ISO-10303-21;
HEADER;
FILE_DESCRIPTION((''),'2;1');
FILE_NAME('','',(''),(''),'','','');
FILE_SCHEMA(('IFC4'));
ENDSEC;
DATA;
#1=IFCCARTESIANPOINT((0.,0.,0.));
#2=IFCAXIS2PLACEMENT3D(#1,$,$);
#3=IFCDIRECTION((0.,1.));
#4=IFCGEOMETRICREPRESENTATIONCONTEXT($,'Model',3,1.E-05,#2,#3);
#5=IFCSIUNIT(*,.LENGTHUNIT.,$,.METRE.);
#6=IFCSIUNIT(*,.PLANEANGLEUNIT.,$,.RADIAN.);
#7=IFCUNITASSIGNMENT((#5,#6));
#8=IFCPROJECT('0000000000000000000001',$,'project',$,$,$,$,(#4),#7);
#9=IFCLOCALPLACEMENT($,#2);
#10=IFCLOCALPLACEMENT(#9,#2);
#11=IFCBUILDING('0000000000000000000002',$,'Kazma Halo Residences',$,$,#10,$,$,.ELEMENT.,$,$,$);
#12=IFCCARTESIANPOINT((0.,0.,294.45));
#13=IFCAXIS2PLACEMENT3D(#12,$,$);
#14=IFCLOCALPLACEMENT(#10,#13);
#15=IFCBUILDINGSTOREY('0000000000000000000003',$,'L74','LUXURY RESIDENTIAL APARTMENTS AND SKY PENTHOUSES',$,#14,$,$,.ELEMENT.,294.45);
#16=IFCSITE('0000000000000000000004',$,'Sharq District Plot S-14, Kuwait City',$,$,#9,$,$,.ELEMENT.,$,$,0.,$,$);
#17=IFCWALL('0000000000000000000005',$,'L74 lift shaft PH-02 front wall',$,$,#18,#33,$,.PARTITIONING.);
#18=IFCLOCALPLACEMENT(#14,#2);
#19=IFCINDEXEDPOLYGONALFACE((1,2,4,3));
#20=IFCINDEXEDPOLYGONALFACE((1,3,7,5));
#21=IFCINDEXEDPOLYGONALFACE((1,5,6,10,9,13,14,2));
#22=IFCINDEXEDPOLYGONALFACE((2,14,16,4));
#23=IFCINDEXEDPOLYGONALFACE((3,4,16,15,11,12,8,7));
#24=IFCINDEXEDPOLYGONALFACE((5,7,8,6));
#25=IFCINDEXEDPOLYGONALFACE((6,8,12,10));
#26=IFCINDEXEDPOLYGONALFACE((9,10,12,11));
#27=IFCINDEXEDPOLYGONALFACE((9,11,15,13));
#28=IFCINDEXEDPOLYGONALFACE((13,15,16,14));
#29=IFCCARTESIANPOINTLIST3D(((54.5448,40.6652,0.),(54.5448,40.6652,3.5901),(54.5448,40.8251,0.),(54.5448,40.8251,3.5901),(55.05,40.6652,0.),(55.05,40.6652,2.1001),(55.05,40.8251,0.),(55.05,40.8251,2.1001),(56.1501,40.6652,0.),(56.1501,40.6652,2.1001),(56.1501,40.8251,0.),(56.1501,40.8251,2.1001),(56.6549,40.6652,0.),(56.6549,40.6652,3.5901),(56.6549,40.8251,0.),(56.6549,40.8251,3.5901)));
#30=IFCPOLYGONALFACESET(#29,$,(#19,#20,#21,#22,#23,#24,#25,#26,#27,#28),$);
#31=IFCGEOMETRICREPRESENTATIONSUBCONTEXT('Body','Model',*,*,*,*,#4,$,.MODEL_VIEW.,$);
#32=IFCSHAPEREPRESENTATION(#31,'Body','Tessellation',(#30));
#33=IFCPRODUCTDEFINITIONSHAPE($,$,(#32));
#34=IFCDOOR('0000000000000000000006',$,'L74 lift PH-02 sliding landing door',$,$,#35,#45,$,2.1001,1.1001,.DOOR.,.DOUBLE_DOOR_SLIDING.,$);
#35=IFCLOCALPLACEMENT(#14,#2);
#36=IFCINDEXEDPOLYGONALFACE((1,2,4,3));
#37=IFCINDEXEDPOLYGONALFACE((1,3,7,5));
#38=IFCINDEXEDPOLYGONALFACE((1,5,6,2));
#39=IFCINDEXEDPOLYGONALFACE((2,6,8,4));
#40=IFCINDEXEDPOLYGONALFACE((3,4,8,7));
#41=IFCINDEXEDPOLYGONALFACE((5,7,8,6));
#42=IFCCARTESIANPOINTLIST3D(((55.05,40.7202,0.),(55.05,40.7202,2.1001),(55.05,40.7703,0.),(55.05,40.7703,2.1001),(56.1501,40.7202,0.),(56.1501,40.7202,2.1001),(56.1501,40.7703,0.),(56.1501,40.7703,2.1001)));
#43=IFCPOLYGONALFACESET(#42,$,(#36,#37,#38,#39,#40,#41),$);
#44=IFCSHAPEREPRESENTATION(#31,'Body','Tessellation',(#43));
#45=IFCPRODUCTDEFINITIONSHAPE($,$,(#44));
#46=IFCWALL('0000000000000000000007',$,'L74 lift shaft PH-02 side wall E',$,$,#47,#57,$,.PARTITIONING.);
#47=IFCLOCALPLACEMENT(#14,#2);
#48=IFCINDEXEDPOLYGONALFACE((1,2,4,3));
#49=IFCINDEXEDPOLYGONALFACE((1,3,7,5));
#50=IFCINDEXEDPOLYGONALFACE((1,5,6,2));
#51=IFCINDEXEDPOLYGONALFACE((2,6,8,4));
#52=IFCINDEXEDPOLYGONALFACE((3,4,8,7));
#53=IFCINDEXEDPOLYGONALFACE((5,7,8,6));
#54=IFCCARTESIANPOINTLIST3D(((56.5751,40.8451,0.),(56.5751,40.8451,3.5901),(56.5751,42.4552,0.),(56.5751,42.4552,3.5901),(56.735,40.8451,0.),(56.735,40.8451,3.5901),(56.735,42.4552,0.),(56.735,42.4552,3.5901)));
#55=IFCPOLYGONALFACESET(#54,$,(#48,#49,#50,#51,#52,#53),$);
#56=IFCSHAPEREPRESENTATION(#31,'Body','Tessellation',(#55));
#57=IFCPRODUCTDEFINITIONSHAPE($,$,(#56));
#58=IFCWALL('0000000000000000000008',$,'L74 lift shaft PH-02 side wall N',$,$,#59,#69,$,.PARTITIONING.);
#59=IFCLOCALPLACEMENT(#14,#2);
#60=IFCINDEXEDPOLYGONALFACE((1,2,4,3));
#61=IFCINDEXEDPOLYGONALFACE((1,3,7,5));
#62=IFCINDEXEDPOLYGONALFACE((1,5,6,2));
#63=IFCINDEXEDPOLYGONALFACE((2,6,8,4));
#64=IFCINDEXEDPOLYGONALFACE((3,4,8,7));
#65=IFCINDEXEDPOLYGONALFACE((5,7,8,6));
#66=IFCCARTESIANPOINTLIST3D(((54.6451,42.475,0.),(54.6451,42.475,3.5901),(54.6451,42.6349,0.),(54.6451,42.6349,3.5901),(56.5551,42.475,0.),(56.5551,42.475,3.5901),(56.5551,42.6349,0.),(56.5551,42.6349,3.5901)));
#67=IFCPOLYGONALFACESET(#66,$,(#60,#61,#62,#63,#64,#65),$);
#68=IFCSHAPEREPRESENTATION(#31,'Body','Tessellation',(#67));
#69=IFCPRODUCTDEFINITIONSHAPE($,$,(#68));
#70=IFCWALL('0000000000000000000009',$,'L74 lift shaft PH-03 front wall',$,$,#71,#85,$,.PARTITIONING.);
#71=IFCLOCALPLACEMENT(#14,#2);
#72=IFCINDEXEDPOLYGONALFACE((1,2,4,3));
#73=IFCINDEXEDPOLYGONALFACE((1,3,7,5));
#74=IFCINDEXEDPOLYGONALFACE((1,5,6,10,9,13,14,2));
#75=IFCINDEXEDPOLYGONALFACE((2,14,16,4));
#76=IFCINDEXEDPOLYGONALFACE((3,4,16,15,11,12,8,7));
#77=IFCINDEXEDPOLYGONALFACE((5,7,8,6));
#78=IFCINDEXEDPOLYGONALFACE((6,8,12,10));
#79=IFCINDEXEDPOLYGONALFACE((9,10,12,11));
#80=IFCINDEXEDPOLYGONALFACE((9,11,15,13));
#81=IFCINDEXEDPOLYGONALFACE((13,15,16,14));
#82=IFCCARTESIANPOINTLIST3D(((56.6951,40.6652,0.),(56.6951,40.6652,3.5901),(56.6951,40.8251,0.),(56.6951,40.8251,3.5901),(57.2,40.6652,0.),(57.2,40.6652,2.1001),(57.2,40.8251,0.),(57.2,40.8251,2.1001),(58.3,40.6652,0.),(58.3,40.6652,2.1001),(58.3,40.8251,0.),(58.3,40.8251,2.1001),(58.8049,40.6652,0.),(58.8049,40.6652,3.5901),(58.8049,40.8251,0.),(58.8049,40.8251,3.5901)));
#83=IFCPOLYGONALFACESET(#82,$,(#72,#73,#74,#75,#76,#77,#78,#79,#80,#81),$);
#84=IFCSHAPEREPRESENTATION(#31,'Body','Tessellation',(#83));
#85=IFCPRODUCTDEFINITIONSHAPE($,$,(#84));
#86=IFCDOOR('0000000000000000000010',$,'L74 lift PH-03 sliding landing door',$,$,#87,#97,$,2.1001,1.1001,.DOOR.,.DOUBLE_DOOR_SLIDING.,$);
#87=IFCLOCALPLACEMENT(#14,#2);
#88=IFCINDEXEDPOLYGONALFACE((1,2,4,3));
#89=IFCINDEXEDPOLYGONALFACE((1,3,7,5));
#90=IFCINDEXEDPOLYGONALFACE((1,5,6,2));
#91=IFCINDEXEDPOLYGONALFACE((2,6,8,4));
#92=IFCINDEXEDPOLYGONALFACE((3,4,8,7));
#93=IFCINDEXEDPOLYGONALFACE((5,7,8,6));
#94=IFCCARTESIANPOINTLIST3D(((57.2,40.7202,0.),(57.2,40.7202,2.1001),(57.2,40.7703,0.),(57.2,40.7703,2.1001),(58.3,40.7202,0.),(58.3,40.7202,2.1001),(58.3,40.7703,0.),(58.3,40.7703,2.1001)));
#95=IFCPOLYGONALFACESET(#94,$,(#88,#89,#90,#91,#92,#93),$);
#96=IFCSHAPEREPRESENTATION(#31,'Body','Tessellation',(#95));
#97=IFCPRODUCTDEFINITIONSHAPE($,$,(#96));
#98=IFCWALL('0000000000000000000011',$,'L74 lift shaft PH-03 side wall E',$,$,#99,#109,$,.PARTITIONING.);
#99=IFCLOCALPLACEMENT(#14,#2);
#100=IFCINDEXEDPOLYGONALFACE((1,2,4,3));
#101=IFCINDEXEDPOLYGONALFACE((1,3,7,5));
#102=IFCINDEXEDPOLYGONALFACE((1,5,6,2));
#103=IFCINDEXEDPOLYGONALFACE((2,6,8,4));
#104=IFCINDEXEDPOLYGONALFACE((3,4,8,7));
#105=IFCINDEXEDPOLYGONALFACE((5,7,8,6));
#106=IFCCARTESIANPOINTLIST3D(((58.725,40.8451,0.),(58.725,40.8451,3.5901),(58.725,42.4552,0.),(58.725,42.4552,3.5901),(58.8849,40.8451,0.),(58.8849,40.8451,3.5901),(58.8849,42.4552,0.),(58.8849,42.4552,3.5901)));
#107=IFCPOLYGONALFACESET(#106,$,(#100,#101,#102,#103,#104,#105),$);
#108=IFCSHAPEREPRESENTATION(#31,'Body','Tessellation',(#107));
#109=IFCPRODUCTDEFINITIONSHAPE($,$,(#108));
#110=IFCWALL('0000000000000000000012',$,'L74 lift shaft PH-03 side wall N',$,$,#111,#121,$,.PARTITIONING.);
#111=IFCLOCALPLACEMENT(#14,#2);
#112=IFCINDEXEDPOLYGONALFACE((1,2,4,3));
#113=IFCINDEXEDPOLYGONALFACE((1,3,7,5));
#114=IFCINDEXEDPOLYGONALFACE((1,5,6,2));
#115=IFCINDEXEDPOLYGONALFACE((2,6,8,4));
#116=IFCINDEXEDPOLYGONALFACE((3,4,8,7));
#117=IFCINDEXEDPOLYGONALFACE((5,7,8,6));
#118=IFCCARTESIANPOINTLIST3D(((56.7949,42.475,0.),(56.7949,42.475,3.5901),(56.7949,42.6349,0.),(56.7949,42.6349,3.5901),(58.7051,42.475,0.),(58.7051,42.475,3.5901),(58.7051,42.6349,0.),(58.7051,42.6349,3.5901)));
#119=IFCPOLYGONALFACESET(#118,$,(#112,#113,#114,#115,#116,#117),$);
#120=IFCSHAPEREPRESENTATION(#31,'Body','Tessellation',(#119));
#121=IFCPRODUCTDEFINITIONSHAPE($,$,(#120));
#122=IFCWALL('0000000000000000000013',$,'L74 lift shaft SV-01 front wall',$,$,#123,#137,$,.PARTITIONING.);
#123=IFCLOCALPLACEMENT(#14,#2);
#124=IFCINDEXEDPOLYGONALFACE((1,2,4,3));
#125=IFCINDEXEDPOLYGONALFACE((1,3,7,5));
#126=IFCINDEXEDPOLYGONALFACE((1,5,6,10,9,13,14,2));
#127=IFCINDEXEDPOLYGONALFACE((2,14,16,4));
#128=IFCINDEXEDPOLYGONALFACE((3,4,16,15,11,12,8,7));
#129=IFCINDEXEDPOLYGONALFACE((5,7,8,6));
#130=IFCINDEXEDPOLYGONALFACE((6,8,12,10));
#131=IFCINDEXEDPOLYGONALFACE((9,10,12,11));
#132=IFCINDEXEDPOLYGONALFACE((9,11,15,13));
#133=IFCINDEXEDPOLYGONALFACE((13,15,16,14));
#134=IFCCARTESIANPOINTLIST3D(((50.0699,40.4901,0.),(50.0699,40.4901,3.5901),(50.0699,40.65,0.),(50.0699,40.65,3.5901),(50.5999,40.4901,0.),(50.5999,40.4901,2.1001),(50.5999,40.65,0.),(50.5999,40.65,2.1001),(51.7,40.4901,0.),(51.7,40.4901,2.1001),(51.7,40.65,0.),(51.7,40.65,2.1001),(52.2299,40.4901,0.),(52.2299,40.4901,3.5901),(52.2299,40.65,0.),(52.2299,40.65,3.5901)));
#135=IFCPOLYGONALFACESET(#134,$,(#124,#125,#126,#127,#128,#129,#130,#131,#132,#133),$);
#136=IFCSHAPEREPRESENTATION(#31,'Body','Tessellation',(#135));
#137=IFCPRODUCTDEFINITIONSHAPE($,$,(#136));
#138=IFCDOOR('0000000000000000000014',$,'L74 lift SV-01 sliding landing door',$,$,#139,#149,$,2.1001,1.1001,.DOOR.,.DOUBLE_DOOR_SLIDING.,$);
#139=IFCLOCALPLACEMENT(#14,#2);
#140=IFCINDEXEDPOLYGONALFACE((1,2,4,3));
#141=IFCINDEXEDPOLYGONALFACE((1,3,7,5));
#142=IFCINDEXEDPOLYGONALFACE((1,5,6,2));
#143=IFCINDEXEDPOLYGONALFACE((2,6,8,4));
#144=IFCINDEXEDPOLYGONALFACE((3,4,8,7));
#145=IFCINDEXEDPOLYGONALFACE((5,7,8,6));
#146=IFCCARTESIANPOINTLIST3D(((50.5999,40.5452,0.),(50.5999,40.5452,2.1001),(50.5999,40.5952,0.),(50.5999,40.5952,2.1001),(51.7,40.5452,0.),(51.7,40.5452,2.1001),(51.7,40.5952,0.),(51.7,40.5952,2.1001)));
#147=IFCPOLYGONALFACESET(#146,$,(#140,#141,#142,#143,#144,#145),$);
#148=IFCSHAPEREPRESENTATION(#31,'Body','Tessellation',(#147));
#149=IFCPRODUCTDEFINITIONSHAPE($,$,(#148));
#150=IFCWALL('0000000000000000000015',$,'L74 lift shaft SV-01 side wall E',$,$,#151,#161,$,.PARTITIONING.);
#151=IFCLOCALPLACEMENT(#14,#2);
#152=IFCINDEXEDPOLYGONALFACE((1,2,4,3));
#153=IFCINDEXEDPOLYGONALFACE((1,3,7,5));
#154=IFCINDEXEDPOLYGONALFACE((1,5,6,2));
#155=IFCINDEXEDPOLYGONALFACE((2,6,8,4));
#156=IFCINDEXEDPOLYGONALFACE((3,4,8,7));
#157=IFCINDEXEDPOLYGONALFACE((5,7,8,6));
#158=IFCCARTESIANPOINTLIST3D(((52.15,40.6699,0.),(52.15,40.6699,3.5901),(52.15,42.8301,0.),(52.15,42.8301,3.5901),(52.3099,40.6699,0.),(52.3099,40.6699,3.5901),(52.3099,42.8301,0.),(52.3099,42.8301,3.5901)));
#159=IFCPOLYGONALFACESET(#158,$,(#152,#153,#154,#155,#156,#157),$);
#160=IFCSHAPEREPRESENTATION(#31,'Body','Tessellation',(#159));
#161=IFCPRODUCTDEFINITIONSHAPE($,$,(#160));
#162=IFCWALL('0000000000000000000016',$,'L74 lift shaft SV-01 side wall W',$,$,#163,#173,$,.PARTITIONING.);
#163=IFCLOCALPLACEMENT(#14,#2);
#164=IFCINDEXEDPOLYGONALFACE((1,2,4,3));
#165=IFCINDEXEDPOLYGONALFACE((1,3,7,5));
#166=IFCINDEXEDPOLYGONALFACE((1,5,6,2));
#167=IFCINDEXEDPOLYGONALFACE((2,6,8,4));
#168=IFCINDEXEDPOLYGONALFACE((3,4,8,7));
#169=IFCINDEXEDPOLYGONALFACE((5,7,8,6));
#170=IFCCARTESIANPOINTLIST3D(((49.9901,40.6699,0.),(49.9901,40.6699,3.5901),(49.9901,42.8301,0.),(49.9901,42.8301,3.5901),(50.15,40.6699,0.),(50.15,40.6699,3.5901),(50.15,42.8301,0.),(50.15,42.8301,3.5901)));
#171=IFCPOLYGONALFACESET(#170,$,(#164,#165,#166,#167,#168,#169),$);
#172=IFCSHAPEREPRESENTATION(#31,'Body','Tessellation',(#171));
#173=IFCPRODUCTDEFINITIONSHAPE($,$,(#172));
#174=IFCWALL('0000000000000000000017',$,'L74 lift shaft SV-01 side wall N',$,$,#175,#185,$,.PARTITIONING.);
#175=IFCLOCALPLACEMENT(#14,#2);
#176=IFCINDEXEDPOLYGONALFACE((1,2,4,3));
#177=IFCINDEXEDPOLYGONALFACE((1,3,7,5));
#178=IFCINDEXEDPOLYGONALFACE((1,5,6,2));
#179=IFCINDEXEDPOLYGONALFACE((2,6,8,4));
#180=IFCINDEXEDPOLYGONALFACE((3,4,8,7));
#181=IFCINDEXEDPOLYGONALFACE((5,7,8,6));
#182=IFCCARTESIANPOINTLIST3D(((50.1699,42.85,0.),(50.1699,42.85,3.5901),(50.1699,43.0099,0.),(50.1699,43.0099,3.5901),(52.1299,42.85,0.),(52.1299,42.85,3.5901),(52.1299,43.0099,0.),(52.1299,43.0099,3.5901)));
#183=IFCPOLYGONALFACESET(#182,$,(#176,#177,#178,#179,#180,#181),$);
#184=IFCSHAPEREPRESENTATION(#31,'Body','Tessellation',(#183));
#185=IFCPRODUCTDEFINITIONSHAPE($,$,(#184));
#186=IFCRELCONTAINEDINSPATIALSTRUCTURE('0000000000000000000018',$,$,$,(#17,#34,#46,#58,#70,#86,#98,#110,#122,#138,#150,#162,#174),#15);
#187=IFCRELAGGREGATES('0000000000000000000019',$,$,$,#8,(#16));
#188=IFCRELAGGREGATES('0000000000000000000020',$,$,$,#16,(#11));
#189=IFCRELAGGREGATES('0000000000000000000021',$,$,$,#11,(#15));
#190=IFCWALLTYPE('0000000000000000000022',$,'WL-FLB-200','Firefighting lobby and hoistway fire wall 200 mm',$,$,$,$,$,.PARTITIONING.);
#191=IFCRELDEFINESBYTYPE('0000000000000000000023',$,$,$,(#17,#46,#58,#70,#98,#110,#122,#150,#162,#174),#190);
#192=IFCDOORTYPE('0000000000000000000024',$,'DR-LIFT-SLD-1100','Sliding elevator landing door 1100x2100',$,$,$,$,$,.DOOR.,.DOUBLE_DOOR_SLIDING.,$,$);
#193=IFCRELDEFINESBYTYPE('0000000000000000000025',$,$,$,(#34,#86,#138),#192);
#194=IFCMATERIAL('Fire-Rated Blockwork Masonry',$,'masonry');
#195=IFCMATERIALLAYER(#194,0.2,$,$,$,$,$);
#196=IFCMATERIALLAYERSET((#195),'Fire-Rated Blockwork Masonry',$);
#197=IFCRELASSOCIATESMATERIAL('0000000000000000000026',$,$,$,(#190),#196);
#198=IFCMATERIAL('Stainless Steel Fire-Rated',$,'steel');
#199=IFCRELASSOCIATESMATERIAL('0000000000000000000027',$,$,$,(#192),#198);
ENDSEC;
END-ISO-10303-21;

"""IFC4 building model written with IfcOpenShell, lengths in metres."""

from ifc_helpers import new_model, si_unit, direction, frame, frame_2d, origin, place, context, subcontext, project, spatial, rectangle, extrude, material, layer, layer_set, type_object, element, fill, save


model = new_model("IFC4")

# Units and contexts
model_context = context("Model", 3, precision=1e-05, world=origin(), true_north=direction((0.0, 1.0)))
body_context = subcontext(model_context, "Body", "Model", "MODEL_VIEW")
ifc_project = project(units=[si_unit("LENGTHUNIT", "METRE"), si_unit("PLANEANGLEUNIT", "RADIAN")], contexts=[model_context])

# Site, building, storey
site_placement = place(None, origin())
site = spatial("IfcSite", under=ifc_project, at=site_placement, Name="Sharq District Plot S-14, Kuwait City", CompositionType="ELEMENT", RefElevation=0.0)
building_placement = place(site_placement, origin())
building = spatial("IfcBuilding", under=site, at=building_placement, Name="Kazma Halo Residences", CompositionType="ELEMENT")
storey_placement = place(building_placement, frame((0.0, 0.0, 294.45)))
storey = spatial("IfcBuildingStorey", under=building, at=storey_placement, Name="L74", Description="LUXURY RESIDENTIAL APARTMENTS AND SKY PENTHOUSES", CompositionType="ELEMENT", Elevation=294.45)

# Shared definitions
ifc_material_1 = material(Name="Fire-Rated Blockwork Masonry", Category="masonry")
ifc_layer_1 = layer(ifc_material_1, 0.2)
ifc_layer_set_1 = layer_set([ifc_layer_1], Name="Fire-Rated Blockwork Masonry")
wall_type_1 = type_object("IfcWallType", Name="WL-FLB-200", Description="Firefighting lobby and hoistway fire wall 200 mm", PredefinedType="PARTITIONING", material=ifc_layer_set_1)
ifc_material_2 = material(Name="Stainless Steel Fire-Rated", Category="steel")
door_type_1 = type_object("IfcDoorType", Name="DR-LIFT-SLD-1100", Description="Sliding elevator landing door 1100x2100", OperationType="DOUBLE_DOOR_SLIDING", PredefinedType="DOOR", material=ifc_material_2)

# Wall, opening, door
wall_1_placement = place(storey_placement, frame((56.655, 40.7451, 0.0), z_axis=(0.0, 0.0, 1.0), x_axis=(-1.0, 0.0, 0.0)))
wall_1 = element("IfcWall", 1, at=wall_1_placement, inside=storey, type_object=wall_type_1, Name="L74 lift shaft PH-02 front wall", PredefinedType="PARTITIONING", context=body_context, shape_type="SweptSolid", body=[
    extrude(rectangle(XDim=2.1101, YDim=0.1599, at=frame_2d((1.0552, 0.0))), origin(), (0.0, 0.0, 1.0), 3.5901),
])
opening_1_placement = place(wall_1_placement, frame((0.5049, 0.0, 0.0)))
opening_1 = element("IfcOpeningElement", 2, at=opening_1_placement, cuts=wall_1, PredefinedType="OPENING", context=body_context, shape_type="SweptSolid", body=[
    extrude(rectangle(XDim=1.1001, YDim=2.1001, at=frame_2d((0.55, 1.05))), frame((0.0, 0.0898, 0.0), z_axis=(0.0, -1.0, 0.0), x_axis=(1.0, 0.0, 0.0)), (0.0, 0.0, 1.0), 0.1799),
])
door_1_placement = place(opening_1_placement, origin())
door_1 = element("IfcDoor", 3, at=door_1_placement, inside=storey, type_object=door_type_1, Name="L74 lift PH-02 sliding landing door", OperationType="DOUBLE_DOOR_SLIDING", OverallHeight=2.1001, OverallWidth=1.1001, PredefinedType="DOOR", context=body_context, shape_type="SweptSolid", body=[
    extrude(rectangle(XDim=1.1001, YDim=2.1001, at=frame_2d((0.55, 1.05))), frame((0.0, 0.0249, 0.0), z_axis=(0.0, -1.0, 0.0), x_axis=(1.0, 0.0, 0.0)), (0.0, 0.0, 1.0), 0.05),
])
fill(opening_1, door_1)

# Walls
wall_2_placement = place(storey_placement, frame((56.655, 40.845, 0.0), z_axis=(0.0, 0.0, 1.0), x_axis=(0.0, 1.0, 0.0)))
element("IfcWall", 4, at=wall_2_placement, inside=storey, type_object=wall_type_1, Name="L74 lift shaft PH-02 side wall E", PredefinedType="PARTITIONING", context=body_context, shape_type="SweptSolid", body=[
    extrude(rectangle(XDim=1.6101, YDim=0.1599, at=frame_2d((0.8052, 0.0))), origin(), (0.0, 0.0, 1.0), 3.5901),
])
wall_3_placement = place(storey_placement, frame((54.645, 42.5549, 0.0), z_axis=(0.0, 0.0, 1.0), x_axis=(1.0, 0.0, 0.0)))
element("IfcWall", 5, at=wall_3_placement, inside=storey, type_object=wall_type_1, Name="L74 lift shaft PH-02 side wall N", PredefinedType="PARTITIONING", context=body_context, shape_type="SweptSolid", body=[
    extrude(rectangle(XDim=1.9099, YDim=0.1599, at=frame_2d((0.9551, 0.0))), origin(), (0.0, 0.0, 1.0), 3.5901),
])

# Wall, opening, door
wall_4_placement = place(storey_placement, frame((58.8049, 40.7451, 0.0), z_axis=(0.0, 0.0, 1.0), x_axis=(-1.0, 0.0, 0.0)))
wall_4 = element("IfcWall", 6, at=wall_4_placement, inside=storey, type_object=wall_type_1, Name="L74 lift shaft PH-03 front wall", PredefinedType="PARTITIONING", context=body_context, shape_type="SweptSolid", body=[
    extrude(rectangle(XDim=2.1099, YDim=0.1599, at=frame_2d((1.0549, 0.0))), origin(), (0.0, 0.0, 1.0), 3.5901),
])
opening_2_placement = place(wall_4_placement, frame((0.5049, 0.0, 0.0)))
opening_2 = element("IfcOpeningElement", 7, at=opening_2_placement, cuts=wall_4, PredefinedType="OPENING", context=body_context, shape_type="SweptSolid", body=[
    extrude(rectangle(XDim=1.1001, YDim=2.1001, at=frame_2d((0.55, 1.05))), frame((0.0, 0.0898, 0.0), z_axis=(0.0, -1.0, 0.0), x_axis=(1.0, 0.0, 0.0)), (0.0, 0.0, 1.0), 0.1799),
])
door_2_placement = place(opening_2_placement, origin())
door_2 = element("IfcDoor", 8, at=door_2_placement, inside=storey, type_object=door_type_1, Name="L74 lift PH-03 sliding landing door", OperationType="DOUBLE_DOOR_SLIDING", OverallHeight=2.1001, OverallWidth=1.1001, PredefinedType="DOOR", context=body_context, shape_type="SweptSolid", body=[
    extrude(rectangle(XDim=1.1001, YDim=2.1001, at=frame_2d((0.55, 1.05))), frame((0.0, 0.0249, 0.0), z_axis=(0.0, -1.0, 0.0), x_axis=(1.0, 0.0, 0.0)), (0.0, 0.0, 1.0), 0.05),
])
fill(opening_2, door_2)

# Walls
wall_5_placement = place(storey_placement, frame((58.8049, 40.845, 0.0), z_axis=(0.0, 0.0, 1.0), x_axis=(0.0, 1.0, 0.0)))
element("IfcWall", 9, at=wall_5_placement, inside=storey, type_object=wall_type_1, Name="L74 lift shaft PH-03 side wall E", PredefinedType="PARTITIONING", context=body_context, shape_type="SweptSolid", body=[
    extrude(rectangle(XDim=1.6101, YDim=0.1599, at=frame_2d((0.8052, 0.0))), origin(), (0.0, 0.0, 1.0), 3.5901),
])
wall_6_placement = place(storey_placement, frame((56.7949, 42.5549, 0.0), z_axis=(0.0, 0.0, 1.0), x_axis=(1.0, 0.0, 0.0)))
element("IfcWall", 10, at=wall_6_placement, inside=storey, type_object=wall_type_1, Name="L74 lift shaft PH-03 side wall N", PredefinedType="PARTITIONING", context=body_context, shape_type="SweptSolid", body=[
    extrude(rectangle(XDim=1.9102, YDim=0.1599, at=frame_2d((0.9551, 0.0))), origin(), (0.0, 0.0, 1.0), 3.5901),
])

# Wall, opening, door
wall_7_placement = place(storey_placement, frame((52.23, 40.5701, 0.0), z_axis=(0.0, 0.0, 1.0), x_axis=(-1.0, 0.0, 0.0)))
wall_7 = element("IfcWall", 11, at=wall_7_placement, inside=storey, type_object=wall_type_1, Name="L74 lift shaft SV-01 front wall", PredefinedType="PARTITIONING", context=body_context, shape_type="SweptSolid", body=[
    extrude(rectangle(XDim=2.1599, YDim=0.1599, at=frame_2d((1.0801, 0.0))), origin(), (0.0, 0.0, 1.0), 3.5901),
])
opening_3_placement = place(wall_7_placement, frame((0.53, 0.0, 0.0)))
opening_3 = element("IfcOpeningElement", 12, at=opening_3_placement, cuts=wall_7, PredefinedType="OPENING", context=body_context, shape_type="SweptSolid", body=[
    extrude(rectangle(XDim=1.1001, YDim=2.1001, at=frame_2d((0.55, 1.05))), frame((0.0, 0.0898, 0.0), z_axis=(0.0, -1.0, 0.0), x_axis=(1.0, 0.0, 0.0)), (0.0, 0.0, 1.0), 0.1799),
])
door_3_placement = place(opening_3_placement, origin())
door_3 = element("IfcDoor", 13, at=door_3_placement, inside=storey, type_object=door_type_1, Name="L74 lift SV-01 sliding landing door", OperationType="DOUBLE_DOOR_SLIDING", OverallHeight=2.1001, OverallWidth=1.1001, PredefinedType="DOOR", context=body_context, shape_type="SweptSolid", body=[
    extrude(rectangle(XDim=1.1001, YDim=2.1001, at=frame_2d((0.55, 1.05))), frame((0.0, 0.0249, 0.0), z_axis=(0.0, -1.0, 0.0), x_axis=(1.0, 0.0, 0.0)), (0.0, 0.0, 1.0), 0.05),
])
fill(opening_3, door_3)

# Walls
for number, where, z_axis, x_axis, name in (
    (14, (52.23, 40.6699, 0.0), (0.0, 0.0, 1.0), (0.0, 1.0, 0.0), "L74 lift shaft SV-01 side wall E"),
    (15, (50.0701, 40.6699, 0.0), (0.0, 0.0, 1.0), (0.0, 1.0, 0.0), "L74 lift shaft SV-01 side wall W"),
):
    element("IfcWall", number, at=place(storey_placement, frame(where, z_axis=z_axis, x_axis=x_axis)), inside=storey, type_object=wall_type_1, Name=name, PredefinedType="PARTITIONING", context=body_context, shape_type="SweptSolid", body=[
        extrude(rectangle(XDim=2.1602, YDim=0.1599, at=frame_2d((1.0801, 0.0))), origin(), (0.0, 0.0, 1.0), 3.5901),
    ])
wall_8_placement = place(storey_placement, frame((50.1699, 42.9299, 0.0), z_axis=(0.0, 0.0, 1.0), x_axis=(1.0, 0.0, 0.0)))
element("IfcWall", 16, at=wall_8_placement, inside=storey, type_object=wall_type_1, Name="L74 lift shaft SV-01 side wall N", PredefinedType="PARTITIONING", context=body_context, shape_type="SweptSolid", body=[
    extrude(rectangle(XDim=1.96, YDim=0.1599, at=frame_2d((0.98, 0.0))), origin(), (0.0, 0.0, 1.0), 3.5901),
])

save(model, "model.ifc")
